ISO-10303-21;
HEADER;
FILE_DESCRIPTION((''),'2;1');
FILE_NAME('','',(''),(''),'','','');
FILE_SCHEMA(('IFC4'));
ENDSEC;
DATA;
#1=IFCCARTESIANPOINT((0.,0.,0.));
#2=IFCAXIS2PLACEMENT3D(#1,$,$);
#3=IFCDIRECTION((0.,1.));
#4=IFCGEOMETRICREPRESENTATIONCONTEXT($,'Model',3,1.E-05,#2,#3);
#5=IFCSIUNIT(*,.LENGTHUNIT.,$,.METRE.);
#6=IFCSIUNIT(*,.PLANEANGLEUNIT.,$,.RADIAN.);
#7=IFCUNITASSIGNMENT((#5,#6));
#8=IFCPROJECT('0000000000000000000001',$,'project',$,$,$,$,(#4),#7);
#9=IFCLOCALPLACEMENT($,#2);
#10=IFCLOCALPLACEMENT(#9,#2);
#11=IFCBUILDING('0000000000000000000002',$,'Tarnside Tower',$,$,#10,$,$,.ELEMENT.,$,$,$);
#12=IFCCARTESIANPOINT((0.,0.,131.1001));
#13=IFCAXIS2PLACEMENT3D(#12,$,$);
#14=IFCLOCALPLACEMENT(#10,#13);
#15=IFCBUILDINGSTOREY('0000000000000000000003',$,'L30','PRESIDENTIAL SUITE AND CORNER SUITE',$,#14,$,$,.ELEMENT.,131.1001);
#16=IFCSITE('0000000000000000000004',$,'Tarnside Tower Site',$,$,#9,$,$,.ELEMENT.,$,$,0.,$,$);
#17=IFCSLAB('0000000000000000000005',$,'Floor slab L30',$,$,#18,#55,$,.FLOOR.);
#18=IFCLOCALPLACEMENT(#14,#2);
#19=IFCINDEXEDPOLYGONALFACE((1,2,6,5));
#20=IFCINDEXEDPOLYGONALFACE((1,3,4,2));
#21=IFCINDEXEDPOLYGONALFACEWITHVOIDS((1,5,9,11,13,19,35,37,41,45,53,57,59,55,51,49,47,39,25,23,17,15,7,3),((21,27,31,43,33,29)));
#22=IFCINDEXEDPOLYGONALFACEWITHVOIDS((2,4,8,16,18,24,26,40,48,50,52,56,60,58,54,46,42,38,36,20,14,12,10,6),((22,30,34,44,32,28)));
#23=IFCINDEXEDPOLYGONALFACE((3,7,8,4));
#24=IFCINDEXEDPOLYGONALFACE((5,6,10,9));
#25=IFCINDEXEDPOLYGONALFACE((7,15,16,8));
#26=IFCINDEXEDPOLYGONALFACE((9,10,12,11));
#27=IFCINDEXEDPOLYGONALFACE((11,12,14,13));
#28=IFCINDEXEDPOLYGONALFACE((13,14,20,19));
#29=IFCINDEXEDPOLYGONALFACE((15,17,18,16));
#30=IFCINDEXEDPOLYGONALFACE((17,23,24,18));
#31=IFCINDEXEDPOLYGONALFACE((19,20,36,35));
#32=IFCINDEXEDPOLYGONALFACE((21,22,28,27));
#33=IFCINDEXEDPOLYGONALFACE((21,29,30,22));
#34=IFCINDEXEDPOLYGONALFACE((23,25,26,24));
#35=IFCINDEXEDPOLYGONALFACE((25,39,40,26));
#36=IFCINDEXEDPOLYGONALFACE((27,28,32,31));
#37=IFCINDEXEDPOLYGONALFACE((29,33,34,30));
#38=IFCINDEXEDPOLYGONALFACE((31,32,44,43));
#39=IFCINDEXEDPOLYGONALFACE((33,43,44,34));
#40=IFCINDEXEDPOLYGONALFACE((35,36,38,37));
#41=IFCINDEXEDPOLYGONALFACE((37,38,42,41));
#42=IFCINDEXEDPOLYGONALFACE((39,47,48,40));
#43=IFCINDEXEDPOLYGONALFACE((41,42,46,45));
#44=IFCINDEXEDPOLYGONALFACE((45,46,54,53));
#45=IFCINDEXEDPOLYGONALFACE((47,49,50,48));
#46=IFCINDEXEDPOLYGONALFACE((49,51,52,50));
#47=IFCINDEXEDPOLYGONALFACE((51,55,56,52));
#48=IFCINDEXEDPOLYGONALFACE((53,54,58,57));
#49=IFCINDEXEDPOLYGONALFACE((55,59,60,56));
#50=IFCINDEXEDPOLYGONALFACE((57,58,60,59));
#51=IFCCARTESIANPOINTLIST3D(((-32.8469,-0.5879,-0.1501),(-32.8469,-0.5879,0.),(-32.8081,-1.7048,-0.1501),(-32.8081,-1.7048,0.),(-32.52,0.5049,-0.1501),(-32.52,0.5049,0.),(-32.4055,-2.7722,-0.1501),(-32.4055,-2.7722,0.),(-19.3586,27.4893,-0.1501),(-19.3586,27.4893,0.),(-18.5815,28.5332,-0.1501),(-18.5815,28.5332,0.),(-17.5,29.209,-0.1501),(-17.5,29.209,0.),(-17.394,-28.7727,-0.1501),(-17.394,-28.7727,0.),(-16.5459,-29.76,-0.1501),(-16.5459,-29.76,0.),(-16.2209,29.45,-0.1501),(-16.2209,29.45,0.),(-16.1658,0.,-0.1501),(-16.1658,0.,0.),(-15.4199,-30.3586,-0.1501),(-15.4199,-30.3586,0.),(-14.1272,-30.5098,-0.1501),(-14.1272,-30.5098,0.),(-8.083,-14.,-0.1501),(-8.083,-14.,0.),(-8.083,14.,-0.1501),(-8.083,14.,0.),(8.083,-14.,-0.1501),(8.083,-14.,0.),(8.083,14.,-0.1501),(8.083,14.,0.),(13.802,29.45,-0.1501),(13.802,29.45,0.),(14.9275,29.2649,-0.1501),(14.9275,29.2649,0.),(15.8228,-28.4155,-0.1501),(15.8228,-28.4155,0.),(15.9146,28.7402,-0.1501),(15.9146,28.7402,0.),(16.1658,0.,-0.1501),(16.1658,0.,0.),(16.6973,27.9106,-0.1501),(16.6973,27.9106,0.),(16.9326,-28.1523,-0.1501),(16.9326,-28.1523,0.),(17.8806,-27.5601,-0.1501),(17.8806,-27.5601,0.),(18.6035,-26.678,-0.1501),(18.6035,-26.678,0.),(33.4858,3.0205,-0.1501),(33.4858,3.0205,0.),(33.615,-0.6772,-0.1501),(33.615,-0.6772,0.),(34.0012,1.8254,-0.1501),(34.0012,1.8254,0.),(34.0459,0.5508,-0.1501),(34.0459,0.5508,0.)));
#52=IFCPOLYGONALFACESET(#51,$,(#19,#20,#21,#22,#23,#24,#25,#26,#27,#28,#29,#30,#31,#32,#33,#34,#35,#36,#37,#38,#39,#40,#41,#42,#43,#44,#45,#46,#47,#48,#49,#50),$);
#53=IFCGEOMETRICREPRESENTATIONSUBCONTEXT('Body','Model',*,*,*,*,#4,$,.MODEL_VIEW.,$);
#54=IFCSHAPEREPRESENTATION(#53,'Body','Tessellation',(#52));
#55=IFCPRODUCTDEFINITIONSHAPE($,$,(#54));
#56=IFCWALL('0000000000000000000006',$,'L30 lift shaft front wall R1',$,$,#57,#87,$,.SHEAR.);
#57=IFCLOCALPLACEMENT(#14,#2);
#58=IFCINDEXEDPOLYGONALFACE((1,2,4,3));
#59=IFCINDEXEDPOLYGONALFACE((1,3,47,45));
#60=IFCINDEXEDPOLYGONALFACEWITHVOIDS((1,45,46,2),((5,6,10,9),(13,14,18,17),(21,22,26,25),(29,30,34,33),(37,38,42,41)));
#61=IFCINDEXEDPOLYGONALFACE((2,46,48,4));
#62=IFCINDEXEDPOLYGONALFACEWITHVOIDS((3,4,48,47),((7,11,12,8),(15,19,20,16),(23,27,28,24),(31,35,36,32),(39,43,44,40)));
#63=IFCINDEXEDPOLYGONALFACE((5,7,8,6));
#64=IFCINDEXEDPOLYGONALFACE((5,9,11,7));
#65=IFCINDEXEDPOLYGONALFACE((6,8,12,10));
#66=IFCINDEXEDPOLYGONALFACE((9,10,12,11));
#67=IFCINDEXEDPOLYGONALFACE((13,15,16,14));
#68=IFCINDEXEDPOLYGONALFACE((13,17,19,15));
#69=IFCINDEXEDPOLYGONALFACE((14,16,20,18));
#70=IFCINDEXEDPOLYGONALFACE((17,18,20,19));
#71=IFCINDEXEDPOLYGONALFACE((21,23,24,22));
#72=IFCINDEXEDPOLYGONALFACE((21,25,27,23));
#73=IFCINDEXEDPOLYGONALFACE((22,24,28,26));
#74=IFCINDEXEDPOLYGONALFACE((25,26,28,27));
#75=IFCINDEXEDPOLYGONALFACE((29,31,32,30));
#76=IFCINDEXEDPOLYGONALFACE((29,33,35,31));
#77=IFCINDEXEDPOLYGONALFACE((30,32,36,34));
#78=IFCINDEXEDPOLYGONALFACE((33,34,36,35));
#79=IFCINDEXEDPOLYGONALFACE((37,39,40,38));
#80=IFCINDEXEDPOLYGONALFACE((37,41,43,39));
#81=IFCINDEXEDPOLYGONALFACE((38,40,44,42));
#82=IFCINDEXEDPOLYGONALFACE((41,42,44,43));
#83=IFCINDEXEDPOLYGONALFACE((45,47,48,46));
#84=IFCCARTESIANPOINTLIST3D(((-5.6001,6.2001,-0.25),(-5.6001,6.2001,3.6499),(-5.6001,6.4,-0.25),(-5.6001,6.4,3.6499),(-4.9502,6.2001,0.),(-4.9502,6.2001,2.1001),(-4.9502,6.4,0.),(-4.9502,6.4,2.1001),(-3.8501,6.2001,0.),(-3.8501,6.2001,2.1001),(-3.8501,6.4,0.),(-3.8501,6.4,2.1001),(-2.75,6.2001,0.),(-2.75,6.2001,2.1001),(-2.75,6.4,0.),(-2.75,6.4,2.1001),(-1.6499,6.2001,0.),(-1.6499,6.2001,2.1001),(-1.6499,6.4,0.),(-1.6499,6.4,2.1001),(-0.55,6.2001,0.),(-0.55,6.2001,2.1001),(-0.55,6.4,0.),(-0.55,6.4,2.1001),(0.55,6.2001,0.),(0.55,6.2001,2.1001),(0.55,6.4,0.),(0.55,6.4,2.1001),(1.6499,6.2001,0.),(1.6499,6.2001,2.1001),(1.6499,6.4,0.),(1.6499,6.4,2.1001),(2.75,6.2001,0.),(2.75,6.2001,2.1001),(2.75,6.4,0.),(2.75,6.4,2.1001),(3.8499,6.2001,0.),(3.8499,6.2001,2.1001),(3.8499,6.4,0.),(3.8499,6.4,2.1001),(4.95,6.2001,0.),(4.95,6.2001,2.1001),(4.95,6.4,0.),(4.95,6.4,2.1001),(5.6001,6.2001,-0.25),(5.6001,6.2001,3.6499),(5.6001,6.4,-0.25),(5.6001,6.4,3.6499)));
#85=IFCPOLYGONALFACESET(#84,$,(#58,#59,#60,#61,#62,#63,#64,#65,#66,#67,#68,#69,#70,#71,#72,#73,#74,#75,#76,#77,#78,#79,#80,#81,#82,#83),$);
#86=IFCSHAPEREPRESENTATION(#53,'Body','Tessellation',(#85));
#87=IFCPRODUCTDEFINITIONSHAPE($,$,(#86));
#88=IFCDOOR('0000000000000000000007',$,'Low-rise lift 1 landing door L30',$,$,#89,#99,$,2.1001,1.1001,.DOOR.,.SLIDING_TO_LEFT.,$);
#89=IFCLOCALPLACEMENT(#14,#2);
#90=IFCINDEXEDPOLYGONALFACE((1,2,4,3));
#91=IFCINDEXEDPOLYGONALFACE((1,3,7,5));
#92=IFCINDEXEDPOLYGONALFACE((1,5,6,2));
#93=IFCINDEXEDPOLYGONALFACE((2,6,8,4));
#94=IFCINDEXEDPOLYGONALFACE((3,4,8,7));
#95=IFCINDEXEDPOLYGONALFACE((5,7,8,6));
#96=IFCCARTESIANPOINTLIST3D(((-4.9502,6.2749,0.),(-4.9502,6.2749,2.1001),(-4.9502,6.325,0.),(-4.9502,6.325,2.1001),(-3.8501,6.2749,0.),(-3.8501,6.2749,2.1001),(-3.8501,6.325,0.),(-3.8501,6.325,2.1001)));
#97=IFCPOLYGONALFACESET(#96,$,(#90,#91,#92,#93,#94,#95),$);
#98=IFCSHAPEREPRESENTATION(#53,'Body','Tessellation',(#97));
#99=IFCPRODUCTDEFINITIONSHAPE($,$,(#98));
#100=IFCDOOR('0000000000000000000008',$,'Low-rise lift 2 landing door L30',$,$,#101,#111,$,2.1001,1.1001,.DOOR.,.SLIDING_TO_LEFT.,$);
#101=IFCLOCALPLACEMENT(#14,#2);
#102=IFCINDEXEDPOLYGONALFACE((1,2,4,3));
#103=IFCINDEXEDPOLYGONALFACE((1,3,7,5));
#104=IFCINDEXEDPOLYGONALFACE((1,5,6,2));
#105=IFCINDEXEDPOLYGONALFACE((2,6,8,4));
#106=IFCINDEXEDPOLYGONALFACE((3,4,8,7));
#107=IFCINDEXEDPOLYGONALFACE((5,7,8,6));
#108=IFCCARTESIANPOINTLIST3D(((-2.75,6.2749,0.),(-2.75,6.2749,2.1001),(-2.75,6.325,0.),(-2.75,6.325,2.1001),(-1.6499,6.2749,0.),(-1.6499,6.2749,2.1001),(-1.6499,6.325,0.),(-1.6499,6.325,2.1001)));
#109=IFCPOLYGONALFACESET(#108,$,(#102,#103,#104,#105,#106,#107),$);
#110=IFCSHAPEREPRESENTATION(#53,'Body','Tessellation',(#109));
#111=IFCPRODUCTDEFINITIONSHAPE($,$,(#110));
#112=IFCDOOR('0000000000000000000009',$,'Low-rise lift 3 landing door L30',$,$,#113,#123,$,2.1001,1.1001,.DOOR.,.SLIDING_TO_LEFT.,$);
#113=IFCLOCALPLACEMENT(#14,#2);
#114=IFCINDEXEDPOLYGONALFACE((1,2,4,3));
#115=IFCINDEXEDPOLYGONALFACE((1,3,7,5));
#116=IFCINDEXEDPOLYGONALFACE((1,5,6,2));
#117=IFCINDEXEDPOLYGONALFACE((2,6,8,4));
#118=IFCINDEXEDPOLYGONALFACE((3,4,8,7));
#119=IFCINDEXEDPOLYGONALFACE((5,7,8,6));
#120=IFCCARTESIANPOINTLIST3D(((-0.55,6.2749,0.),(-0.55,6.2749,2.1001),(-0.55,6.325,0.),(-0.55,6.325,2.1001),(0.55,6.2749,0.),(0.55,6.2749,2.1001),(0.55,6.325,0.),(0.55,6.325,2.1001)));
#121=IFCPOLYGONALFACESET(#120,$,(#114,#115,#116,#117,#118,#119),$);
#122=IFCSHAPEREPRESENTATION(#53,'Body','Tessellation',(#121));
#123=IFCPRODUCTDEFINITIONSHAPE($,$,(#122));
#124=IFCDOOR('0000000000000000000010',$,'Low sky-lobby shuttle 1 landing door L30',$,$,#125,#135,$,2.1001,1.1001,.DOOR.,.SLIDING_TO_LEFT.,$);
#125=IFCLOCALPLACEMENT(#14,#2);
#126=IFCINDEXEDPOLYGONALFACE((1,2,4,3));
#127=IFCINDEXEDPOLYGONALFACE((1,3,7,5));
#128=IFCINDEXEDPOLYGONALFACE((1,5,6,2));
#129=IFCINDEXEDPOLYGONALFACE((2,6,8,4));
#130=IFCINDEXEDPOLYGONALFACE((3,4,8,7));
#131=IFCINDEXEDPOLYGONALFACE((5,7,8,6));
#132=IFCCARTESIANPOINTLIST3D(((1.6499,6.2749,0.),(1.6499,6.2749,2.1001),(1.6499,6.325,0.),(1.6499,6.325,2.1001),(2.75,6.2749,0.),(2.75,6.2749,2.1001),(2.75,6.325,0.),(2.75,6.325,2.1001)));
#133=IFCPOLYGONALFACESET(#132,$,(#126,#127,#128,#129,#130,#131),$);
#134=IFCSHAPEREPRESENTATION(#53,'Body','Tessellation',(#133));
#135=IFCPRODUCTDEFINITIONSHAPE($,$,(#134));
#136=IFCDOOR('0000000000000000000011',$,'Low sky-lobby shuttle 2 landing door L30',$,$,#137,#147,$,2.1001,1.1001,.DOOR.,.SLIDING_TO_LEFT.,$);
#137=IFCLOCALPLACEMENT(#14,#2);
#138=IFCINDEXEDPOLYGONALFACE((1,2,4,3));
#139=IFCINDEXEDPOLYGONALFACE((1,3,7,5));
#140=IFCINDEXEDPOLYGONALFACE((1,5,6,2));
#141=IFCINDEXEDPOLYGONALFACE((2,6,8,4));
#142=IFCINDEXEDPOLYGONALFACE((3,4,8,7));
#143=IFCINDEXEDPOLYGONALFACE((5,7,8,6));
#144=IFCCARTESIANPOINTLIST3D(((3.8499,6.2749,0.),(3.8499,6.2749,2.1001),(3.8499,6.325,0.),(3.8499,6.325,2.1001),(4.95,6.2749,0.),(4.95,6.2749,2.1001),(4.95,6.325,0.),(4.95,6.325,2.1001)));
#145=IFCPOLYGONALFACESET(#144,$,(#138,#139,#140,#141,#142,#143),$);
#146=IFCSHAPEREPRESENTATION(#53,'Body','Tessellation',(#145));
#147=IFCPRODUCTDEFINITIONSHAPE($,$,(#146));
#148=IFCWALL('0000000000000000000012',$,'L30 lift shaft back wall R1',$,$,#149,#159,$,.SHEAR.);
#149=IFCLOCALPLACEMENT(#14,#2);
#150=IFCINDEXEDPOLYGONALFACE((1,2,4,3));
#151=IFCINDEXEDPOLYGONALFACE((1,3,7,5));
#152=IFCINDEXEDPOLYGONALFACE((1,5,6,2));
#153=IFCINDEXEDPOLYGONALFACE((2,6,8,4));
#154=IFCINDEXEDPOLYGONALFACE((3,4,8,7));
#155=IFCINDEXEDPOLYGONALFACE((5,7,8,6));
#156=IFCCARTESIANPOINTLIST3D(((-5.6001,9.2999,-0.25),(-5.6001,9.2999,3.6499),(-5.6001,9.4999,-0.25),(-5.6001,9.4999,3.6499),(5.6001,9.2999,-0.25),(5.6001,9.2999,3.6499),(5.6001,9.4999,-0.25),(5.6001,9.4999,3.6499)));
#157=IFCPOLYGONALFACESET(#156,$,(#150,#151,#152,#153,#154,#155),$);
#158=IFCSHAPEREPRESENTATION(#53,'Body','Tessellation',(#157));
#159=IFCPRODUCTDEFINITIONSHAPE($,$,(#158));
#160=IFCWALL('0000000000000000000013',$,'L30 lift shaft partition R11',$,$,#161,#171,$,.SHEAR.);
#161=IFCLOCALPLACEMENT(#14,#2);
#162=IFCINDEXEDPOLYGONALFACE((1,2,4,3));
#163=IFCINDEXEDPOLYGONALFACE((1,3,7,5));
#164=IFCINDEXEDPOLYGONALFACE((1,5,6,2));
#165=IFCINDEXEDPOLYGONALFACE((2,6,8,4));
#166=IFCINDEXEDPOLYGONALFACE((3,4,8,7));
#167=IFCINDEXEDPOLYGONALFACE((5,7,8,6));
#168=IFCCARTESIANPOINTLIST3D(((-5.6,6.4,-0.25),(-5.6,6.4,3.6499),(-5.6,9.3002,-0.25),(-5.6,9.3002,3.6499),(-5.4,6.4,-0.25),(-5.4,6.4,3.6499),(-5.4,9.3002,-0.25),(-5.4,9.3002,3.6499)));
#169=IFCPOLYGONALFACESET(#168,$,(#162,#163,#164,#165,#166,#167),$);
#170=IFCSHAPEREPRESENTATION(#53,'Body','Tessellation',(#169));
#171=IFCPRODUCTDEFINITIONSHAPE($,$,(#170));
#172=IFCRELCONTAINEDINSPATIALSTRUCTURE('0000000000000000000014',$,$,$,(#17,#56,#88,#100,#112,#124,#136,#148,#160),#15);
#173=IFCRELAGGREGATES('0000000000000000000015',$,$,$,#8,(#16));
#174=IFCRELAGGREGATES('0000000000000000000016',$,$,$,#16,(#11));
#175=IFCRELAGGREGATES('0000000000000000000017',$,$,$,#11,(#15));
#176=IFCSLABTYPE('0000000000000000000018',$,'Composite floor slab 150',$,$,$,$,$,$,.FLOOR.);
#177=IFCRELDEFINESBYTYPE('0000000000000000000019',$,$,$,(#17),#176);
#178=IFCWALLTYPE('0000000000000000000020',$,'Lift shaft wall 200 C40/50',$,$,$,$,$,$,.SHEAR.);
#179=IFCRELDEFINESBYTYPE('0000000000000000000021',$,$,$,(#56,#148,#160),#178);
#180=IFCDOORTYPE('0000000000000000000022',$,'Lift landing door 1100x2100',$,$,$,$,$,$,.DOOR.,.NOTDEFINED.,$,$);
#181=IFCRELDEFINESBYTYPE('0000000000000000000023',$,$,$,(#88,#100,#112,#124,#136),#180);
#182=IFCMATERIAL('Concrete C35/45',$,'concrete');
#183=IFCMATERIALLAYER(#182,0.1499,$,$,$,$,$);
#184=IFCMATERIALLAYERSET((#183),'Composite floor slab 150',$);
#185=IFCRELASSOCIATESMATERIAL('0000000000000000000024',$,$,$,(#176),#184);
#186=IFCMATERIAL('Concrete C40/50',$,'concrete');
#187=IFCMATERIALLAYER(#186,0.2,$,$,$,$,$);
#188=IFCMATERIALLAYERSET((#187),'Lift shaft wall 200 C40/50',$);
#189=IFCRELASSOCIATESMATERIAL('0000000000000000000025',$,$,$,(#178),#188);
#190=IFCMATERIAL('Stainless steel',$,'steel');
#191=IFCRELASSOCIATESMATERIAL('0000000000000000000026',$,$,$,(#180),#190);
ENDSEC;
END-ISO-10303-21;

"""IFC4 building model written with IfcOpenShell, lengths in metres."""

from ifc_helpers import new_model, si_unit, direction, frame, frame_2d, origin, place, context, subcontext, project, spatial, polyline, rectangle, outline, extrude, material, layer, layer_set, type_object, element, fill, save


model = new_model("IFC4")

# Units and contexts
model_context = context("Model", 3, precision=1e-05, world=origin(), true_north=direction((0.0, 1.0)))
body_context = subcontext(model_context, "Body", "Model", "MODEL_VIEW")
ifc_project = project(units=[si_unit("LENGTHUNIT", "METRE"), si_unit("PLANEANGLEUNIT", "RADIAN")], contexts=[model_context])

# Site, building, storey
site_placement = place(None, origin())
site = spatial("IfcSite", under=ifc_project, at=site_placement, Name="Tarnside Tower Site", CompositionType="ELEMENT", RefElevation=0.0)
building_placement = place(site_placement, origin())
building = spatial("IfcBuilding", under=site, at=building_placement, Name="Tarnside Tower", CompositionType="ELEMENT")
storey_placement = place(building_placement, frame((0.0, 0.0, 131.1001)))
storey = spatial("IfcBuildingStorey", under=building, at=storey_placement, Name="L30", Description="PRESIDENTIAL SUITE AND CORNER SUITE", CompositionType="ELEMENT", Elevation=131.1001)

# Slab
ifc_material_1 = material(Name="Concrete C35/45", Category="concrete")
ifc_layer_1 = layer(ifc_material_1, 0.1499)
ifc_layer_set_1 = layer_set([ifc_layer_1], Name="Composite floor slab 150")
slab_type = type_object("IfcSlabType", Name="Composite floor slab 150", PredefinedType="FLOOR", material=ifc_layer_set_1)
slab_placement = place(storey_placement, frame((0.0, 0.0, -0.1501)))
element("IfcSlab", 1, at=slab_placement, inside=storey, type_object=slab_type, Name="Floor slab L30", PredefinedType="FLOOR", context=body_context, shape_type="SweptSolid", body=[
    extrude(outline(polyline([(14.9275, 29.2649), (15.9146, 28.7402), (16.6973, 27.9106), (33.4858, 3.0205), (34.0012, 1.8254), (34.0459, 0.5508), (33.615, -0.6772), (18.6035, -26.678), (17.8806, -27.5601), (16.9326, -28.1523), (15.8228, -28.4155), (-14.1272, -30.5098), (-15.4199, -30.3586), (-16.5459, -29.76), (-17.394, -28.7727), (-32.4055, -2.7722), (-32.8081, -1.7048), (-32.8469, -0.5879), (-32.52, 0.5049), (-19.3586, 27.4893), (-18.5815, 28.5332), (-17.5, 29.209), (-16.2209, 29.45), (13.802, 29.45), (14.9275, 29.2649)]), holes=[polyline([(-16.1658, 0.0), (-8.083, -14.0), (8.083, -14.0), (16.1658, 0.0), (8.083, 14.0), (-8.083, 14.0), (-16.1658, 0.0)])]), origin(), (0.0, 0.0, 1.0), 0.1501),
])

# Wall, openings, doors
ifc_material_2 = material(Name="Concrete C40/50", Category="concrete")
ifc_layer_2 = layer(ifc_material_2, 0.2)
ifc_layer_set_2 = layer_set([ifc_layer_2], Name="Lift shaft wall 200 C40/50")
wall_type = type_object("IfcWallType", Name="Lift shaft wall 200 C40/50", PredefinedType="SHEAR", material=ifc_layer_set_2)
wall_1_placement = place(storey_placement, frame((-5.6001, 6.3, -0.25), z_axis=(0.0, 0.0, 1.0), x_axis=(1.0, 0.0, 0.0)))
wall_1 = element("IfcWall", 2, at=wall_1_placement, inside=storey, type_object=wall_type, Name="L30 lift shaft front wall R1", PredefinedType="SHEAR", context=body_context, shape_type="SweptSolid", body=[
    extrude(rectangle(XDim=11.2002, YDim=0.2, at=frame_2d((5.6001, 0.0))), origin(), (0.0, 0.0, 1.0), 3.8999),
])
opening_1_placement = place(wall_1_placement, frame((0.6499, 0.0, 0.25)))
opening_1 = element("IfcOpeningElement", 3, at=opening_1_placement, cuts=wall_1, PredefinedType="OPENING", context=body_context, shape_type="SweptSolid", body=[
    extrude(rectangle(XDim=1.1001, YDim=2.1001, at=frame_2d((0.55, 1.05))), frame((0.0, 0.1099, 0.0), z_axis=(0.0, -1.0, 0.0), x_axis=(1.0, 0.0, 0.0)), (0.0, 0.0, 1.0), 0.22),
])
opening_2_placement = place(wall_1_placement, frame((2.8501, 0.0, 0.25)))
opening_2 = element("IfcOpeningElement", 4, at=opening_2_placement, cuts=wall_1, PredefinedType="OPENING", context=body_context, shape_type="SweptSolid", body=[
    extrude(rectangle(XDim=1.1001, YDim=2.1001, at=frame_2d((0.55, 1.05))), frame((0.0, 0.1099, 0.0), z_axis=(0.0, -1.0, 0.0), x_axis=(1.0, 0.0, 0.0)), (0.0, 0.0, 1.0), 0.22),
])
opening_3_placement = place(wall_1_placement, frame((5.05, 0.0, 0.25)))
opening_3 = element("IfcOpeningElement", 5, at=opening_3_placement, cuts=wall_1, PredefinedType="OPENING", context=body_context, shape_type="SweptSolid", body=[
    extrude(rectangle(XDim=1.1001, YDim=2.1001, at=frame_2d((0.55, 1.05))), frame((0.0, 0.1099, 0.0), z_axis=(0.0, -1.0, 0.0), x_axis=(1.0, 0.0, 0.0)), (0.0, 0.0, 1.0), 0.22),
])
opening_4_placement = place(wall_1_placement, frame((7.25, 0.0, 0.25)))
opening_4 = element("IfcOpeningElement", 6, at=opening_4_placement, cuts=wall_1, PredefinedType="OPENING", context=body_context, shape_type="SweptSolid", body=[
    extrude(rectangle(XDim=1.1001, YDim=2.1001, at=frame_2d((0.55, 1.05))), frame((0.0, 0.1099, 0.0), z_axis=(0.0, -1.0, 0.0), x_axis=(1.0, 0.0, 0.0)), (0.0, 0.0, 1.0), 0.22),
])
opening_5_placement = place(wall_1_placement, frame((9.45, 0.0, 0.25)))
opening_5 = element("IfcOpeningElement", 7, at=opening_5_placement, cuts=wall_1, PredefinedType="OPENING", context=body_context, shape_type="SweptSolid", body=[
    extrude(rectangle(XDim=1.1001, YDim=2.1001, at=frame_2d((0.55, 1.05))), frame((0.0, 0.1099, 0.0), z_axis=(0.0, -1.0, 0.0), x_axis=(1.0, 0.0, 0.0)), (0.0, 0.0, 1.0), 0.22),
])
ifc_material_3 = material(Name="Stainless steel", Category="steel")
door_type = type_object("IfcDoorType", Name="Lift landing door 1100x2100", OperationType="NOTDEFINED", PredefinedType="DOOR", material=ifc_material_3)
door_1_placement = place(opening_1_placement, origin())
door_1 = element("IfcDoor", 8, at=door_1_placement, inside=storey, type_object=door_type, Name="Low-rise lift 1 landing door L30", OperationType="SLIDING_TO_LEFT", OverallHeight=2.1001, OverallWidth=1.1001, PredefinedType="DOOR", context=body_context, shape_type="SweptSolid", body=[
    extrude(rectangle(XDim=1.1001, YDim=2.1001, at=frame_2d((0.55, 1.05))), frame((0.0, 0.0249, 0.0), z_axis=(0.0, -1.0, 0.0), x_axis=(1.0, 0.0, 0.0)), (0.0, 0.0, 1.0), 0.05),
])
fill(opening_1, door_1)
door_2_placement = place(opening_2_placement, origin())
door_2 = element("IfcDoor", 9, at=door_2_placement, inside=storey, type_object=door_type, Name="Low-rise lift 2 landing door L30", OperationType="SLIDING_TO_LEFT", OverallHeight=2.1001, OverallWidth=1.1001, PredefinedType="DOOR", context=body_context, shape_type="SweptSolid", body=[
    extrude(rectangle(XDim=1.1001, YDim=2.1001, at=frame_2d((0.55, 1.05))), frame((0.0, 0.0249, 0.0), z_axis=(0.0, -1.0, 0.0), x_axis=(1.0, 0.0, 0.0)), (0.0, 0.0, 1.0), 0.05),
])
fill(opening_2, door_2)
door_3_placement = place(opening_3_placement, origin())
door_3 = element("IfcDoor", 10, at=door_3_placement, inside=storey, type_object=door_type, Name="Low-rise lift 3 landing door L30", OperationType="SLIDING_TO_LEFT", OverallHeight=2.1001, OverallWidth=1.1001, PredefinedType="DOOR", context=body_context, shape_type="SweptSolid", body=[
    extrude(rectangle(XDim=1.1001, YDim=2.1001, at=frame_2d((0.55, 1.05))), frame((0.0, 0.0249, 0.0), z_axis=(0.0, -1.0, 0.0), x_axis=(1.0, 0.0, 0.0)), (0.0, 0.0, 1.0), 0.05),
])
fill(opening_3, door_3)
door_4_placement = place(opening_4_placement, origin())
door_4 = element("IfcDoor", 11, at=door_4_placement, inside=storey, type_object=door_type, Name="Low sky-lobby shuttle 1 landing door L30", OperationType="SLIDING_TO_LEFT", OverallHeight=2.1001, OverallWidth=1.1001, PredefinedType="DOOR", context=body_context, shape_type="SweptSolid", body=[
    extrude(rectangle(XDim=1.1001, YDim=2.1001, at=frame_2d((0.55, 1.05))), frame((0.0, 0.0249, 0.0), z_axis=(0.0, -1.0, 0.0), x_axis=(1.0, 0.0, 0.0)), (0.0, 0.0, 1.0), 0.05),
])
fill(opening_4, door_4)
door_5_placement = place(opening_5_placement, origin())
door_5 = element("IfcDoor", 12, at=door_5_placement, inside=storey, type_object=door_type, Name="Low sky-lobby shuttle 2 landing door L30", OperationType="SLIDING_TO_LEFT", OverallHeight=2.1001, OverallWidth=1.1001, PredefinedType="DOOR", context=body_context, shape_type="SweptSolid", body=[
    extrude(rectangle(XDim=1.1001, YDim=2.1001, at=frame_2d((0.55, 1.05))), frame((0.0, 0.0249, 0.0), z_axis=(0.0, -1.0, 0.0), x_axis=(1.0, 0.0, 0.0)), (0.0, 0.0, 1.0), 0.05),
])
fill(opening_5, door_5)

# Walls
wall_2_placement = place(storey_placement, frame((-5.6001, 9.3999, -0.25), z_axis=(0.0, 0.0, 1.0), x_axis=(1.0, 0.0, 0.0)))
element("IfcWall", 13, at=wall_2_placement, inside=storey, type_object=wall_type, Name="L30 lift shaft back wall R1", PredefinedType="SHEAR", context=body_context, shape_type="SweptSolid", body=[
    extrude(rectangle(XDim=11.2002, YDim=0.2, at=frame_2d((5.6001, 0.0))), origin(), (0.0, 0.0, 1.0), 3.8999),
])
for number, where, z_axis, x_axis, name in (
    (14, (-5.5, 6.3999, -0.25), (0.0, 0.0, 1.0), (0.0, 1.0, 0.0), "L30 lift shaft partition R11"),
):
    element("IfcWall", number, at=place(storey_placement, frame(where, z_axis=z_axis, x_axis=x_axis)), inside=storey, type_object=wall_type, Name=name, PredefinedType="SHEAR", context=body_context, shape_type="SweptSolid", body=[
        extrude(rectangle(XDim=2.9001, YDim=0.2, at=frame_2d((1.4502, 0.0))), origin(), (0.0, 0.0, 1.0), 3.8999),
    ])

save(model, "model.ifc")
